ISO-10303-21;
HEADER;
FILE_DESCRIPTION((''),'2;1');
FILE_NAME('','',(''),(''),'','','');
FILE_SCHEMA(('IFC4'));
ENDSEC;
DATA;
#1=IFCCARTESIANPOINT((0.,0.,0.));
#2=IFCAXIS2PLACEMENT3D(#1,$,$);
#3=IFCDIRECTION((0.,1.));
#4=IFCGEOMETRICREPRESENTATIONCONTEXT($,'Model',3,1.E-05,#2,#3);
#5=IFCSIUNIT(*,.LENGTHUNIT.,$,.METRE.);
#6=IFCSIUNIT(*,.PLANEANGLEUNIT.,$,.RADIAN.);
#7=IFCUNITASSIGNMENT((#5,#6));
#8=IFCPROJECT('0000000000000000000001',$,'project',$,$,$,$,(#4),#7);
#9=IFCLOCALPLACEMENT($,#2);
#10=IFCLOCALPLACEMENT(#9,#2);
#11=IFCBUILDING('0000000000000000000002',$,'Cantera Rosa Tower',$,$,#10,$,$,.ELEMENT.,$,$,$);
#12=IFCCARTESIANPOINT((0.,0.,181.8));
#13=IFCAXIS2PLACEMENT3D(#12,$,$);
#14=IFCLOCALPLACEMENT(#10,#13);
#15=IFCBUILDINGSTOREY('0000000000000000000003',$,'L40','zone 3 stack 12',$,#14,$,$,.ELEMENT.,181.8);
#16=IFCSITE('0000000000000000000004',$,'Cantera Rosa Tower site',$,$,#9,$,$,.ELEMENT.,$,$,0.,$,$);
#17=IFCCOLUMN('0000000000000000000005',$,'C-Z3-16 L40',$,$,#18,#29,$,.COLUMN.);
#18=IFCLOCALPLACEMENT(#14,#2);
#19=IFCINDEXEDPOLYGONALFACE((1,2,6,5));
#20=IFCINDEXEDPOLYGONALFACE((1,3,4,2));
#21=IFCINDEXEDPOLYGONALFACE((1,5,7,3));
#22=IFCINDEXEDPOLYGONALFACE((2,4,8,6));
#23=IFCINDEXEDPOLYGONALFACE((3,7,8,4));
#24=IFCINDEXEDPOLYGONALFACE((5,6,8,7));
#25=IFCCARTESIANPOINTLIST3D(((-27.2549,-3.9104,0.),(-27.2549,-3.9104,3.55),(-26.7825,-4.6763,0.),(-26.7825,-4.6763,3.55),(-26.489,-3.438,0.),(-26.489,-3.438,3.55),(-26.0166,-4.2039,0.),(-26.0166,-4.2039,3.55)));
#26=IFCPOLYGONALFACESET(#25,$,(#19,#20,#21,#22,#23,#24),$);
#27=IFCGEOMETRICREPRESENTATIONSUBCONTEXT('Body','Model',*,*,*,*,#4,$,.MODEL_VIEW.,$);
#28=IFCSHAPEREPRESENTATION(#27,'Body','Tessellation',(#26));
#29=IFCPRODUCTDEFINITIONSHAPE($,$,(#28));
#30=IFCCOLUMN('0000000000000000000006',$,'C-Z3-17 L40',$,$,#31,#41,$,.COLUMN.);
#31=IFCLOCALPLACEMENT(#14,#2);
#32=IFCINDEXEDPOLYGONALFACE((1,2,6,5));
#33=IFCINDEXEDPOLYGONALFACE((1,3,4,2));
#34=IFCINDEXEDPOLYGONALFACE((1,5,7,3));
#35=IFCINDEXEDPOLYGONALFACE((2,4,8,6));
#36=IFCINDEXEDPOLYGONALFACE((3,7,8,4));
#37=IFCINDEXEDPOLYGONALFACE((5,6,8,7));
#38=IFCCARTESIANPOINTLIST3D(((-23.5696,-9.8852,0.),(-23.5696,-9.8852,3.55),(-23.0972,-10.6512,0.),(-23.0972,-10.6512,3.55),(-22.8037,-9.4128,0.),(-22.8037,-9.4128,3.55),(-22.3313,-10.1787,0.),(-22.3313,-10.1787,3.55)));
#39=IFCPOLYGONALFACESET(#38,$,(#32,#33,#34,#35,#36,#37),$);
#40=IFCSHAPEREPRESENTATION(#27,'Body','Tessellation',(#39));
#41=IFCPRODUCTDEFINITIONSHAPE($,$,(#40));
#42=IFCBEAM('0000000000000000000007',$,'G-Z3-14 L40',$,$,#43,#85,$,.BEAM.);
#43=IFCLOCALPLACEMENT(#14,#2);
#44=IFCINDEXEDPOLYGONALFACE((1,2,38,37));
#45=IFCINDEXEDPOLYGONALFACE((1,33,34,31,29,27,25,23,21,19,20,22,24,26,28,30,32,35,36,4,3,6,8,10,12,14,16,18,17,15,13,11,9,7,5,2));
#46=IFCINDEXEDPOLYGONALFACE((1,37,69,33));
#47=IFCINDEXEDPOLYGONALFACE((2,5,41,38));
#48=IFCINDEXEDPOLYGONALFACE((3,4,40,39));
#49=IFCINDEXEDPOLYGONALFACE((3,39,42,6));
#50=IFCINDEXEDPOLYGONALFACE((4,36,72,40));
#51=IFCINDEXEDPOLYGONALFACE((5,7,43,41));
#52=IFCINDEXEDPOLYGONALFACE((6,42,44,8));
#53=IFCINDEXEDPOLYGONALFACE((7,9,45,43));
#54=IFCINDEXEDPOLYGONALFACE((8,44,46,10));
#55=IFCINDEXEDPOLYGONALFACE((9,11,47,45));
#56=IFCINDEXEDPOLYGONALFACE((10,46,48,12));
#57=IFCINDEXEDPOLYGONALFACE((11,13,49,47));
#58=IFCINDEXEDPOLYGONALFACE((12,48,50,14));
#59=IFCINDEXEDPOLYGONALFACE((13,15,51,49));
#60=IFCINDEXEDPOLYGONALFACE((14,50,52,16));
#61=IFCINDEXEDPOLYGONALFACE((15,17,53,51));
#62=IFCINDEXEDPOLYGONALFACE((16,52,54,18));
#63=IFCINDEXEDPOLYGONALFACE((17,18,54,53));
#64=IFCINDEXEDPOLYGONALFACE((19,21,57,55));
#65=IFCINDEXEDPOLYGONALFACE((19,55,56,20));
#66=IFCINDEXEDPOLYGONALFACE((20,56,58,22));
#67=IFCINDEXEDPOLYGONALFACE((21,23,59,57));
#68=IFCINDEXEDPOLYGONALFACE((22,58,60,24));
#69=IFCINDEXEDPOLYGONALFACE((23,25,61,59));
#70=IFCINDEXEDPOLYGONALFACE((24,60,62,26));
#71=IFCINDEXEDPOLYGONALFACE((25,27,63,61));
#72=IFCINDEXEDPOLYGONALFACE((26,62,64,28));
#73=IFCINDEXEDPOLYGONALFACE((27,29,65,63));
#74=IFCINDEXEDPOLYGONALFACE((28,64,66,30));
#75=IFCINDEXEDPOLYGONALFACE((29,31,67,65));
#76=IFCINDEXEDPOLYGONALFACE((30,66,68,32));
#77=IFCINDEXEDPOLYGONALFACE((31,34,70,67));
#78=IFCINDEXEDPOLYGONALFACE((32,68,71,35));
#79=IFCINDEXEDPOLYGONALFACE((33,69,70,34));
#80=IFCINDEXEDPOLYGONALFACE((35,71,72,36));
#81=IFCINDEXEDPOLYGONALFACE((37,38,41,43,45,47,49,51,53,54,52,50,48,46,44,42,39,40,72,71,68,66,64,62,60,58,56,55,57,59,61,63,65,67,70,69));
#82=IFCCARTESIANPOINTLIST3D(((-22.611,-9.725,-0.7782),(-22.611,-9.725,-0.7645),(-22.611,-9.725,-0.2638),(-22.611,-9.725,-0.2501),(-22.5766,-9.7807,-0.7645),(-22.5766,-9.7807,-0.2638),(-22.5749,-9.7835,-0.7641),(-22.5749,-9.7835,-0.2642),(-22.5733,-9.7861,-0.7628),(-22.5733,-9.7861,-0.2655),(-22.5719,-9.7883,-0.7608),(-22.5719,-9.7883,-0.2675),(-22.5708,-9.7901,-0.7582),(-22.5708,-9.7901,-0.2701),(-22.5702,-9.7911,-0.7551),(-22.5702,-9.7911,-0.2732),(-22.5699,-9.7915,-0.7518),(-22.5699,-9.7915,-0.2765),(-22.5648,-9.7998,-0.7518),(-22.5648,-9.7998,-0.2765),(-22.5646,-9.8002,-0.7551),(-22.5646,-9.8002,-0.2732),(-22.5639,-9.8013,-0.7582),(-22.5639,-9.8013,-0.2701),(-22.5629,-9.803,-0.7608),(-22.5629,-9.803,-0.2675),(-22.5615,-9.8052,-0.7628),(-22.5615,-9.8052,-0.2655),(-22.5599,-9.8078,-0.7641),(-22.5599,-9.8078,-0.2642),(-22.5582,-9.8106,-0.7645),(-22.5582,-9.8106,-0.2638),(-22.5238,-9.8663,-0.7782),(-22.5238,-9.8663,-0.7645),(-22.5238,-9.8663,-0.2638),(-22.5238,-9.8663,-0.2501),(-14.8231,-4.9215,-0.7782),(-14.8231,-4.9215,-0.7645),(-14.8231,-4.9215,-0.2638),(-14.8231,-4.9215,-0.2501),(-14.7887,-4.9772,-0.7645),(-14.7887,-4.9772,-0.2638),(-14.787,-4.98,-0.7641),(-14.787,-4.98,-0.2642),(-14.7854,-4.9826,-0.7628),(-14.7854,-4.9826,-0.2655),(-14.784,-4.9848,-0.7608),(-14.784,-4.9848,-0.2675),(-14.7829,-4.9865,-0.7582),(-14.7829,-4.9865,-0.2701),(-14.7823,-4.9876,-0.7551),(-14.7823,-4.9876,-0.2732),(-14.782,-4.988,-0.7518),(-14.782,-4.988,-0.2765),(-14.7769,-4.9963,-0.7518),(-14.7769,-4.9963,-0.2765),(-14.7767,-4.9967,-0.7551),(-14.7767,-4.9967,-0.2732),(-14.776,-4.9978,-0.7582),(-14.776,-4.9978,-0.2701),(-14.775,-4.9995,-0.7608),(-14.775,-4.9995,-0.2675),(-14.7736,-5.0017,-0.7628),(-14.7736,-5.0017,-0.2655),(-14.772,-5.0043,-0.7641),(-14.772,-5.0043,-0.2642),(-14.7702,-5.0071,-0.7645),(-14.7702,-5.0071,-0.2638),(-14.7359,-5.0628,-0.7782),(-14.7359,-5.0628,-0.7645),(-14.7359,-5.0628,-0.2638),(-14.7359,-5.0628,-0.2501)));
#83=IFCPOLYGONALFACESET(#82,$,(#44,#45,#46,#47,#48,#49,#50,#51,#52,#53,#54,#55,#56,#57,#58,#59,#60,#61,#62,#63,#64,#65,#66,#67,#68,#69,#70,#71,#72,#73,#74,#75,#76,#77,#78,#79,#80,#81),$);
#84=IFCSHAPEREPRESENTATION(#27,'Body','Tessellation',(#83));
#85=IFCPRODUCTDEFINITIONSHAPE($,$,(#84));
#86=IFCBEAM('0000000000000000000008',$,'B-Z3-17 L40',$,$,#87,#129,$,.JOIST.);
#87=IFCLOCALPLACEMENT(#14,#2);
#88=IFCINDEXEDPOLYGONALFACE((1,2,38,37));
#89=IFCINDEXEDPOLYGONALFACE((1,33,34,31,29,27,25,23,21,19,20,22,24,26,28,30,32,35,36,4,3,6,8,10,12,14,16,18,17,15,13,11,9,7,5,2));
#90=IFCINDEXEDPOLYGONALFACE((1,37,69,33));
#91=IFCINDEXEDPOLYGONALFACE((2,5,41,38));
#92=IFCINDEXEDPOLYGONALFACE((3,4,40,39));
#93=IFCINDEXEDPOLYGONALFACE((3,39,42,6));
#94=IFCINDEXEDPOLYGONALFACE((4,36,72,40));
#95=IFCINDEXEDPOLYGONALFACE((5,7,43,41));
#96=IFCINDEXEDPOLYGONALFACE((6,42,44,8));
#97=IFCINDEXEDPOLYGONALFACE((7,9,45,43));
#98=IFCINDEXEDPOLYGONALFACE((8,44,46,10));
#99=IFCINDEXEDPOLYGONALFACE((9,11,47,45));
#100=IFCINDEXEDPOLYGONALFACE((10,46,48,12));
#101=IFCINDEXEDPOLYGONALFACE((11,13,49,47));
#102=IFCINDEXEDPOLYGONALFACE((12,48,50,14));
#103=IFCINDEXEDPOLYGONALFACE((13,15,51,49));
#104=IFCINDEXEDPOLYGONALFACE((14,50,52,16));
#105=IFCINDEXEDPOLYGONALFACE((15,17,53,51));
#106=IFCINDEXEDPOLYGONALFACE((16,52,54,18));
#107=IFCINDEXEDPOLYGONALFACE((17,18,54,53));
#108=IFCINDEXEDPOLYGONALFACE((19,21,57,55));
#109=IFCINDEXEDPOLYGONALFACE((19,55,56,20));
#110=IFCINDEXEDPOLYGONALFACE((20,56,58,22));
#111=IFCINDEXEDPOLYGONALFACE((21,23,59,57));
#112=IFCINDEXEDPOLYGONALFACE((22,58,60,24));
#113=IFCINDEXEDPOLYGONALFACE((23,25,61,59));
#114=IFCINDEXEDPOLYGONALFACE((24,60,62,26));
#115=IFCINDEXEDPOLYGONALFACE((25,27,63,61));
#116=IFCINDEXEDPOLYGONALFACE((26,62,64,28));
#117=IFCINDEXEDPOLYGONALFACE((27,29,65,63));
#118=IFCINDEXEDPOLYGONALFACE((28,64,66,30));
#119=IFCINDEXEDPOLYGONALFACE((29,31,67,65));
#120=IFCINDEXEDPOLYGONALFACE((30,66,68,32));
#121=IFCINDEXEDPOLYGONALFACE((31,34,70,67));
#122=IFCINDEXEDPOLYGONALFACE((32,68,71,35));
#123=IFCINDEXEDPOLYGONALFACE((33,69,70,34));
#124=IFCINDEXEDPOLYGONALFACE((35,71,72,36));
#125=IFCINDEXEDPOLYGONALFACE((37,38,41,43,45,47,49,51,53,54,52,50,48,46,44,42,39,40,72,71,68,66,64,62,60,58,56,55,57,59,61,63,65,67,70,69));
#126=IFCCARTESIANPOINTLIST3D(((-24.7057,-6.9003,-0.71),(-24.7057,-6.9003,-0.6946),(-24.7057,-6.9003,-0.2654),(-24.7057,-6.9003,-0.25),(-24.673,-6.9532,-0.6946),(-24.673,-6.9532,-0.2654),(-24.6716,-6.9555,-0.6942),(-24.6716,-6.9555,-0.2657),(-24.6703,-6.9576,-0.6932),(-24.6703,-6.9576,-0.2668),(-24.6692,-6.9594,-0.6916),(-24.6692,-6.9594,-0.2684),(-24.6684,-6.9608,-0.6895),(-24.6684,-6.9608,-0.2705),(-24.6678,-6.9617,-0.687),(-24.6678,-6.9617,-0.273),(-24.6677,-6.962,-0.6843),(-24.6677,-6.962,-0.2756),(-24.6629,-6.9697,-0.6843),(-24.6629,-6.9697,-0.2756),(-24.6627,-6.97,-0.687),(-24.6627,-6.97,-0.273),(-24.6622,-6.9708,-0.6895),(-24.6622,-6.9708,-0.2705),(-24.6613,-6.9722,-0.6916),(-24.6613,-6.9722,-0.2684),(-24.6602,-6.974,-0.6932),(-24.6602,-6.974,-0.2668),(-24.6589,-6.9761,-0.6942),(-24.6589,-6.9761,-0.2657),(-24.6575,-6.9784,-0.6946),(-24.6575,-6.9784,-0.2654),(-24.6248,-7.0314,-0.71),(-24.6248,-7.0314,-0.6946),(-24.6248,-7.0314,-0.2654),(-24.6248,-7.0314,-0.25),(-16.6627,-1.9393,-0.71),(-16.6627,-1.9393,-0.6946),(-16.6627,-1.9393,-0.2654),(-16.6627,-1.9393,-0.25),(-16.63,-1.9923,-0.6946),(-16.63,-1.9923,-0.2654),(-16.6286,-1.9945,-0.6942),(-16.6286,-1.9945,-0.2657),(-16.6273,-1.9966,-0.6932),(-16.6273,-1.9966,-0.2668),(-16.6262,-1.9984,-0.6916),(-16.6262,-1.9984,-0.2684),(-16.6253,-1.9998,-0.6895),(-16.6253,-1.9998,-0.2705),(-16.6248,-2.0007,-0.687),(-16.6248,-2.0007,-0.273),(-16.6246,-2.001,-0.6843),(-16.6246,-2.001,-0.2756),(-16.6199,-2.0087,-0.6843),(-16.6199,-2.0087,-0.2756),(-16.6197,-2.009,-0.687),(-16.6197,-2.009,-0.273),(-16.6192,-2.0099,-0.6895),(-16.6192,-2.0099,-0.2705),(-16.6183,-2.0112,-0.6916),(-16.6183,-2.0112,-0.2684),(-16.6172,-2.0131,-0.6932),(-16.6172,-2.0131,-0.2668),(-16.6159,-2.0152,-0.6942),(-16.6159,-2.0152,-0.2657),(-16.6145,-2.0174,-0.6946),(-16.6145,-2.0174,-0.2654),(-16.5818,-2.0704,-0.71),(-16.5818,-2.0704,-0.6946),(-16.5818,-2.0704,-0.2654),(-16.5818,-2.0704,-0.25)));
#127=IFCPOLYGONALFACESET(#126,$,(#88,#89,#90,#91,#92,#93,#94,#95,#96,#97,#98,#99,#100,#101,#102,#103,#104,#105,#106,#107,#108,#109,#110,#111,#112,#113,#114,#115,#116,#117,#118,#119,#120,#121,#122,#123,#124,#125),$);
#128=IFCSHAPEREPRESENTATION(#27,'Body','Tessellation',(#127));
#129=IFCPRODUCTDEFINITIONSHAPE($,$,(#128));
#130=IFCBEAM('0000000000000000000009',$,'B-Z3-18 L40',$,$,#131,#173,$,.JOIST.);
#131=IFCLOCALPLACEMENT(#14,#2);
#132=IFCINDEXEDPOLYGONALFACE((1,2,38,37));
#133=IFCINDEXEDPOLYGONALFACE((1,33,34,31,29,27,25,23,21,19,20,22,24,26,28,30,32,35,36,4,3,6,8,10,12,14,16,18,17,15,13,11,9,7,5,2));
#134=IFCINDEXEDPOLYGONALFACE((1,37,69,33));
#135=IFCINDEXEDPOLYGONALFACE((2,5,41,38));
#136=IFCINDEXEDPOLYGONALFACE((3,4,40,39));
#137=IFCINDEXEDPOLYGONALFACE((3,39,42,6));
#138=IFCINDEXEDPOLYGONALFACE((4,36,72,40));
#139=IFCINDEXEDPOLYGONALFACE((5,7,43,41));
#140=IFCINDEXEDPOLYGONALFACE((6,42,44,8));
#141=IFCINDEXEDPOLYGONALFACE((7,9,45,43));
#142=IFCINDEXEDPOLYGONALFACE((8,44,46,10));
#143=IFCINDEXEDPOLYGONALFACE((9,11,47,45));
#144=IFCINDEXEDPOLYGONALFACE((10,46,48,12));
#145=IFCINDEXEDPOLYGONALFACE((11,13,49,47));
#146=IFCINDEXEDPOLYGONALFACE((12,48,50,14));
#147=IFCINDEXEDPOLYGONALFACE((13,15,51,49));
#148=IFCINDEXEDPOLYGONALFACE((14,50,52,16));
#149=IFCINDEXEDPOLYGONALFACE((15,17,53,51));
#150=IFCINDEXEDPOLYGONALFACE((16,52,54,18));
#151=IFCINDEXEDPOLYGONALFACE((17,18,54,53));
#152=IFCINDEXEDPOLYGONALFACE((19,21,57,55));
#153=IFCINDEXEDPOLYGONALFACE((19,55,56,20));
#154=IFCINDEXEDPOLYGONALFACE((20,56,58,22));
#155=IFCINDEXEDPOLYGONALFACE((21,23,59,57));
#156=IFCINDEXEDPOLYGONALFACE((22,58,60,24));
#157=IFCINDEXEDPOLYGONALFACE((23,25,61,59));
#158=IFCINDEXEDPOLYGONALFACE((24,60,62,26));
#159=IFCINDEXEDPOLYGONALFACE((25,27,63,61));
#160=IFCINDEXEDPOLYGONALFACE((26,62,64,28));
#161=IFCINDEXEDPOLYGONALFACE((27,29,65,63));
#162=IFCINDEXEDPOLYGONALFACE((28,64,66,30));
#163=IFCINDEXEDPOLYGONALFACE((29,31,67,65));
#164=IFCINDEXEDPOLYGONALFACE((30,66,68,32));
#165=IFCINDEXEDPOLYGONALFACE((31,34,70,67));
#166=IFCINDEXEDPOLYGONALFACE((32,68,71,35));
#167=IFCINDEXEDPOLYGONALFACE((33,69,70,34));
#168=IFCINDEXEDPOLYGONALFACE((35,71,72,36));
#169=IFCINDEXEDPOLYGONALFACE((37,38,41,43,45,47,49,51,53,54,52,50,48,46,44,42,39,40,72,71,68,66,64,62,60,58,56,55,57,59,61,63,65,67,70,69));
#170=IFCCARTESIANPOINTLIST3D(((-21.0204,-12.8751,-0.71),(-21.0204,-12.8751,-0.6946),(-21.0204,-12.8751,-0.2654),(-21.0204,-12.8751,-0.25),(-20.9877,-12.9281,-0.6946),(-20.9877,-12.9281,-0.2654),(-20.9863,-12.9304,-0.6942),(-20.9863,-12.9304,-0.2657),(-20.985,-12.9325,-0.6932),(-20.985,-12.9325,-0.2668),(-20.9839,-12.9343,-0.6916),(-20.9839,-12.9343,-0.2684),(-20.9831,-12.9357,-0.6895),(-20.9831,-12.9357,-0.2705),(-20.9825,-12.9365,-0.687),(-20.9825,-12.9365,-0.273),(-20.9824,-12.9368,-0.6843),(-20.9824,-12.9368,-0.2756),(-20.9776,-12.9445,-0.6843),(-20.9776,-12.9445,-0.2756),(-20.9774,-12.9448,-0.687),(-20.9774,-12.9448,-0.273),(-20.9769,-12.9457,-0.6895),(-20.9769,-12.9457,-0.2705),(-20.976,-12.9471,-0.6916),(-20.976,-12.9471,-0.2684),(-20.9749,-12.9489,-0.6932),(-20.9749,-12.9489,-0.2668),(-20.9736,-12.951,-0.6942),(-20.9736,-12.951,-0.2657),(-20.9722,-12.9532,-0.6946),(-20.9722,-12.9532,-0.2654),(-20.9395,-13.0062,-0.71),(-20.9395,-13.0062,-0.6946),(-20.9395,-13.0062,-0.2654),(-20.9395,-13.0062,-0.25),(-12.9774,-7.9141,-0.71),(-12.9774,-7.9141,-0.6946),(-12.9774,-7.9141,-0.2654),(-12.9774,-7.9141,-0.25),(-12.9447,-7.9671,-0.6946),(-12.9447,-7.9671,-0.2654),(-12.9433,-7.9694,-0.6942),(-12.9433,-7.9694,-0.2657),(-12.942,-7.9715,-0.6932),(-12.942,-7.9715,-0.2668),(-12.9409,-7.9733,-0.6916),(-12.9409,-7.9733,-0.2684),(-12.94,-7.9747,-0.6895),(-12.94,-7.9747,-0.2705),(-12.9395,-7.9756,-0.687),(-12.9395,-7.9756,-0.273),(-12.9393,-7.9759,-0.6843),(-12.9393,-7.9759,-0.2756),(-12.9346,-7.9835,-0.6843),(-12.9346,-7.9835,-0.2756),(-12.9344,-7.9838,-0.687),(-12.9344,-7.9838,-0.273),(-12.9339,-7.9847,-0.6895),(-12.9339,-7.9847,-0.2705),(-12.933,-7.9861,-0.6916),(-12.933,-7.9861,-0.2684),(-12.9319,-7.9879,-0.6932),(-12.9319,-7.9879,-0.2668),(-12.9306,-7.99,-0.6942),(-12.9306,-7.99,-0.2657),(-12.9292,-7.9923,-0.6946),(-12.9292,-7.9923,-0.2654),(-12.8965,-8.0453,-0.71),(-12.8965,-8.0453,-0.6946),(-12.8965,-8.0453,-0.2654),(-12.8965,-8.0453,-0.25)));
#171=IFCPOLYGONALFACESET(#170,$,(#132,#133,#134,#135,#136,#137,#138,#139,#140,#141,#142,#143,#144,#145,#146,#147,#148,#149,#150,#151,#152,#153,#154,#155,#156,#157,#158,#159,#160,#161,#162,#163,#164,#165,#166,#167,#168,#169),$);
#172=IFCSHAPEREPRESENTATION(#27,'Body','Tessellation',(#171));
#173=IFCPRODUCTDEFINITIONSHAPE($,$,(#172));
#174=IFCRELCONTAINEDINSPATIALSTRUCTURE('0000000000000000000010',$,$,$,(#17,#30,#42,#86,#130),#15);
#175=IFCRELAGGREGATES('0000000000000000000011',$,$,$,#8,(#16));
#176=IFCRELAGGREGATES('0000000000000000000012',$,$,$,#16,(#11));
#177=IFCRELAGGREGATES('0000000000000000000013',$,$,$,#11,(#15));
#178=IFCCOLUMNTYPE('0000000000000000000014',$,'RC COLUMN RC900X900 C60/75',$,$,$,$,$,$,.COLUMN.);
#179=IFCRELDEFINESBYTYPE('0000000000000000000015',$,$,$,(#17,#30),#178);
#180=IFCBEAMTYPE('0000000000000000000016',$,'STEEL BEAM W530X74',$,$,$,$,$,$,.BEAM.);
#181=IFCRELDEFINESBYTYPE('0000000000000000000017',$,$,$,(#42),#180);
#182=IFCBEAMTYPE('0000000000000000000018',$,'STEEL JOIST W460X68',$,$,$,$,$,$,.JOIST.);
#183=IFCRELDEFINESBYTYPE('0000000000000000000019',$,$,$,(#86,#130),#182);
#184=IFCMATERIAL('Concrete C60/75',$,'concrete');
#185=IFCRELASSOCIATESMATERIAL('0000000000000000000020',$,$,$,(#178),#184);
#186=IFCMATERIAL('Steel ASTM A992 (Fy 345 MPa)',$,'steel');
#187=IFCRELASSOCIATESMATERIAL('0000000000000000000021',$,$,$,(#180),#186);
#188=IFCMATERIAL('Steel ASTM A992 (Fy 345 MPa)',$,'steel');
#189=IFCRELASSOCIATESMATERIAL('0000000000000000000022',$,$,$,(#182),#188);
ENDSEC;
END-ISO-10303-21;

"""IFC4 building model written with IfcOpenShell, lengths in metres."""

from ifc_helpers import new_model, si_unit, direction, frame, origin, origin_2d, place, context, subcontext, project, spatial, rectangle, i_section, extrude, material, material_profile, profile_set, type_object, element, save


model = new_model("IFC4")

# Units and contexts
model_context = context("Model", 3, precision=1e-05, world=origin(), true_north=direction((0.0, 1.0)))
body_context = subcontext(model_context, "Body", "Model", "MODEL_VIEW")
ifc_project = project(units=[si_unit("LENGTHUNIT", "METRE"), si_unit("PLANEANGLEUNIT", "RADIAN")], contexts=[model_context])

# Site, building, storey
site_placement = place(None, origin())
site = spatial("IfcSite", under=ifc_project, at=site_placement, Name="Cantera Rosa Tower site", CompositionType="ELEMENT", RefElevation=0.0)
building_placement = place(site_placement, origin())
building = spatial("IfcBuilding", under=site, at=building_placement, Name="Cantera Rosa Tower", CompositionType="ELEMENT")
storey_placement = place(building_placement, frame((0.0, 0.0, 181.8)))
storey = spatial("IfcBuildingStorey", under=building, at=storey_placement, Name="L40", Description="zone 3 stack 12", CompositionType="ELEMENT", Elevation=181.8)

# Columns
ifc_material_1 = material(Name="Concrete C60/75", Category="concrete")
ifc_material_profile_1 = material_profile(ifc_material_1, rectangle(XDim=0.8999, YDim=0.8999, at=origin_2d()), Name="RC COLUMN RC900X900 C60/75")
ifc_profile_set_1 = profile_set([ifc_material_profile_1], Name="Concrete C60/75")
column_type = type_object("IfcColumnType", Name="RC COLUMN RC900X900 C60/75", PredefinedType="COLUMN", material=ifc_profile_set_1)
for number, where, z_axis, x_axis, name in (
    (1, (-26.6357, -4.0571, 0.0), (0.0, 0.0, 1.0), (0.851117, 0.524977, 0.0), "C-Z3-16 L40"),
    (2, (-22.9504, -10.032, 0.0), (0.0, 0.0, 1.0), (0.851117, 0.524977, 0.0), "C-Z3-17 L40"),
):
    element("IfcColumn", number, at=place(storey_placement, frame(where, z_axis=z_axis, x_axis=x_axis)), inside=storey, type_object=column_type, Name=name, PredefinedType="COLUMN", context=body_context, shape_type="SweptSolid", body=[
        extrude(rectangle(XDim=0.8999, YDim=0.8999, at=origin_2d()), origin(), (0.0, 0.0, 1.0), 3.55),
    ])

# Beams
ifc_material_2 = material(Name="Steel ASTM A992 (Fy 345 MPa)", Category="steel")
ifc_material_profile_2 = material_profile(ifc_material_2, i_section(OverallWidth=0.166, OverallDepth=0.5281, WebThickness=0.0098, FlangeThickness=0.0137, FilletRadius=0.0127, at=origin_2d()), Name="W530X74")
ifc_profile_set_2 = profile_set([ifc_material_profile_2], Name="Steel ASTM A992 (Fy 345 MPa)")
beam_type_1 = type_object("IfcBeamType", Name="STEEL BEAM W530X74", PredefinedType="BEAM", material=ifc_profile_set_2)
beam_placement = place(storey_placement, frame((-22.5674, -9.7957, -0.5142), z_axis=(0.851124, 0.524965, 0.0), x_axis=(-0.524965, 0.851124, 0.0)))
element("IfcBeam", 3, at=beam_placement, inside=storey, type_object=beam_type_1, Name="G-Z3-14 L40", PredefinedType="BEAM", context=body_context, shape_type="SweptSolid", body=[
    extrude(i_section(OverallWidth=0.166, OverallDepth=0.5281, WebThickness=0.0098, FlangeThickness=0.0137, FilletRadius=0.0127, at=origin_2d()), origin(), (0.0, 0.0, 1.0), 9.1501),
])
ifc_material_3 = material(Name="Steel ASTM A992 (Fy 345 MPa)", Category="steel")
ifc_material_profile_3 = material_profile(ifc_material_3, i_section(OverallWidth=0.1541, OverallDepth=0.46, WebThickness=0.009, FlangeThickness=0.0154, FilletRadius=0.0103, at=origin_2d()), Name="W460X68")
ifc_profile_set_3 = profile_set([ifc_material_profile_3], Name="Steel ASTM A992 (Fy 345 MPa)")
beam_type_2 = type_object("IfcBeamType", Name="STEEL JOIST W460X68", PredefinedType="JOIST", material=ifc_profile_set_3)
for number, where, z_axis, x_axis, name in (
    (4, (-24.6653, -6.9658, -0.48), (0.851119, 0.524974, 0.0), (-0.524974, 0.851119, 0.0), "B-Z3-17 L40"),
    (5, (-20.98, -12.9407, -0.48), (0.851119, 0.524974, 0.0), (-0.524974, 0.851119, 0.0), "B-Z3-18 L40"),
):
    element("IfcBeam", number, at=place(storey_placement, frame(where, z_axis=z_axis, x_axis=x_axis)), inside=storey, type_object=beam_type_2, Name=name, PredefinedType="JOIST", context=body_context, shape_type="SweptSolid", body=[
        extrude(i_section(OverallWidth=0.1541, OverallDepth=0.46, WebThickness=0.009, FlangeThickness=0.0154, FilletRadius=0.0103, at=origin_2d()), origin(), (0.0, 0.0, 1.0), 9.45),
    ])

save(model, "model.ifc")
